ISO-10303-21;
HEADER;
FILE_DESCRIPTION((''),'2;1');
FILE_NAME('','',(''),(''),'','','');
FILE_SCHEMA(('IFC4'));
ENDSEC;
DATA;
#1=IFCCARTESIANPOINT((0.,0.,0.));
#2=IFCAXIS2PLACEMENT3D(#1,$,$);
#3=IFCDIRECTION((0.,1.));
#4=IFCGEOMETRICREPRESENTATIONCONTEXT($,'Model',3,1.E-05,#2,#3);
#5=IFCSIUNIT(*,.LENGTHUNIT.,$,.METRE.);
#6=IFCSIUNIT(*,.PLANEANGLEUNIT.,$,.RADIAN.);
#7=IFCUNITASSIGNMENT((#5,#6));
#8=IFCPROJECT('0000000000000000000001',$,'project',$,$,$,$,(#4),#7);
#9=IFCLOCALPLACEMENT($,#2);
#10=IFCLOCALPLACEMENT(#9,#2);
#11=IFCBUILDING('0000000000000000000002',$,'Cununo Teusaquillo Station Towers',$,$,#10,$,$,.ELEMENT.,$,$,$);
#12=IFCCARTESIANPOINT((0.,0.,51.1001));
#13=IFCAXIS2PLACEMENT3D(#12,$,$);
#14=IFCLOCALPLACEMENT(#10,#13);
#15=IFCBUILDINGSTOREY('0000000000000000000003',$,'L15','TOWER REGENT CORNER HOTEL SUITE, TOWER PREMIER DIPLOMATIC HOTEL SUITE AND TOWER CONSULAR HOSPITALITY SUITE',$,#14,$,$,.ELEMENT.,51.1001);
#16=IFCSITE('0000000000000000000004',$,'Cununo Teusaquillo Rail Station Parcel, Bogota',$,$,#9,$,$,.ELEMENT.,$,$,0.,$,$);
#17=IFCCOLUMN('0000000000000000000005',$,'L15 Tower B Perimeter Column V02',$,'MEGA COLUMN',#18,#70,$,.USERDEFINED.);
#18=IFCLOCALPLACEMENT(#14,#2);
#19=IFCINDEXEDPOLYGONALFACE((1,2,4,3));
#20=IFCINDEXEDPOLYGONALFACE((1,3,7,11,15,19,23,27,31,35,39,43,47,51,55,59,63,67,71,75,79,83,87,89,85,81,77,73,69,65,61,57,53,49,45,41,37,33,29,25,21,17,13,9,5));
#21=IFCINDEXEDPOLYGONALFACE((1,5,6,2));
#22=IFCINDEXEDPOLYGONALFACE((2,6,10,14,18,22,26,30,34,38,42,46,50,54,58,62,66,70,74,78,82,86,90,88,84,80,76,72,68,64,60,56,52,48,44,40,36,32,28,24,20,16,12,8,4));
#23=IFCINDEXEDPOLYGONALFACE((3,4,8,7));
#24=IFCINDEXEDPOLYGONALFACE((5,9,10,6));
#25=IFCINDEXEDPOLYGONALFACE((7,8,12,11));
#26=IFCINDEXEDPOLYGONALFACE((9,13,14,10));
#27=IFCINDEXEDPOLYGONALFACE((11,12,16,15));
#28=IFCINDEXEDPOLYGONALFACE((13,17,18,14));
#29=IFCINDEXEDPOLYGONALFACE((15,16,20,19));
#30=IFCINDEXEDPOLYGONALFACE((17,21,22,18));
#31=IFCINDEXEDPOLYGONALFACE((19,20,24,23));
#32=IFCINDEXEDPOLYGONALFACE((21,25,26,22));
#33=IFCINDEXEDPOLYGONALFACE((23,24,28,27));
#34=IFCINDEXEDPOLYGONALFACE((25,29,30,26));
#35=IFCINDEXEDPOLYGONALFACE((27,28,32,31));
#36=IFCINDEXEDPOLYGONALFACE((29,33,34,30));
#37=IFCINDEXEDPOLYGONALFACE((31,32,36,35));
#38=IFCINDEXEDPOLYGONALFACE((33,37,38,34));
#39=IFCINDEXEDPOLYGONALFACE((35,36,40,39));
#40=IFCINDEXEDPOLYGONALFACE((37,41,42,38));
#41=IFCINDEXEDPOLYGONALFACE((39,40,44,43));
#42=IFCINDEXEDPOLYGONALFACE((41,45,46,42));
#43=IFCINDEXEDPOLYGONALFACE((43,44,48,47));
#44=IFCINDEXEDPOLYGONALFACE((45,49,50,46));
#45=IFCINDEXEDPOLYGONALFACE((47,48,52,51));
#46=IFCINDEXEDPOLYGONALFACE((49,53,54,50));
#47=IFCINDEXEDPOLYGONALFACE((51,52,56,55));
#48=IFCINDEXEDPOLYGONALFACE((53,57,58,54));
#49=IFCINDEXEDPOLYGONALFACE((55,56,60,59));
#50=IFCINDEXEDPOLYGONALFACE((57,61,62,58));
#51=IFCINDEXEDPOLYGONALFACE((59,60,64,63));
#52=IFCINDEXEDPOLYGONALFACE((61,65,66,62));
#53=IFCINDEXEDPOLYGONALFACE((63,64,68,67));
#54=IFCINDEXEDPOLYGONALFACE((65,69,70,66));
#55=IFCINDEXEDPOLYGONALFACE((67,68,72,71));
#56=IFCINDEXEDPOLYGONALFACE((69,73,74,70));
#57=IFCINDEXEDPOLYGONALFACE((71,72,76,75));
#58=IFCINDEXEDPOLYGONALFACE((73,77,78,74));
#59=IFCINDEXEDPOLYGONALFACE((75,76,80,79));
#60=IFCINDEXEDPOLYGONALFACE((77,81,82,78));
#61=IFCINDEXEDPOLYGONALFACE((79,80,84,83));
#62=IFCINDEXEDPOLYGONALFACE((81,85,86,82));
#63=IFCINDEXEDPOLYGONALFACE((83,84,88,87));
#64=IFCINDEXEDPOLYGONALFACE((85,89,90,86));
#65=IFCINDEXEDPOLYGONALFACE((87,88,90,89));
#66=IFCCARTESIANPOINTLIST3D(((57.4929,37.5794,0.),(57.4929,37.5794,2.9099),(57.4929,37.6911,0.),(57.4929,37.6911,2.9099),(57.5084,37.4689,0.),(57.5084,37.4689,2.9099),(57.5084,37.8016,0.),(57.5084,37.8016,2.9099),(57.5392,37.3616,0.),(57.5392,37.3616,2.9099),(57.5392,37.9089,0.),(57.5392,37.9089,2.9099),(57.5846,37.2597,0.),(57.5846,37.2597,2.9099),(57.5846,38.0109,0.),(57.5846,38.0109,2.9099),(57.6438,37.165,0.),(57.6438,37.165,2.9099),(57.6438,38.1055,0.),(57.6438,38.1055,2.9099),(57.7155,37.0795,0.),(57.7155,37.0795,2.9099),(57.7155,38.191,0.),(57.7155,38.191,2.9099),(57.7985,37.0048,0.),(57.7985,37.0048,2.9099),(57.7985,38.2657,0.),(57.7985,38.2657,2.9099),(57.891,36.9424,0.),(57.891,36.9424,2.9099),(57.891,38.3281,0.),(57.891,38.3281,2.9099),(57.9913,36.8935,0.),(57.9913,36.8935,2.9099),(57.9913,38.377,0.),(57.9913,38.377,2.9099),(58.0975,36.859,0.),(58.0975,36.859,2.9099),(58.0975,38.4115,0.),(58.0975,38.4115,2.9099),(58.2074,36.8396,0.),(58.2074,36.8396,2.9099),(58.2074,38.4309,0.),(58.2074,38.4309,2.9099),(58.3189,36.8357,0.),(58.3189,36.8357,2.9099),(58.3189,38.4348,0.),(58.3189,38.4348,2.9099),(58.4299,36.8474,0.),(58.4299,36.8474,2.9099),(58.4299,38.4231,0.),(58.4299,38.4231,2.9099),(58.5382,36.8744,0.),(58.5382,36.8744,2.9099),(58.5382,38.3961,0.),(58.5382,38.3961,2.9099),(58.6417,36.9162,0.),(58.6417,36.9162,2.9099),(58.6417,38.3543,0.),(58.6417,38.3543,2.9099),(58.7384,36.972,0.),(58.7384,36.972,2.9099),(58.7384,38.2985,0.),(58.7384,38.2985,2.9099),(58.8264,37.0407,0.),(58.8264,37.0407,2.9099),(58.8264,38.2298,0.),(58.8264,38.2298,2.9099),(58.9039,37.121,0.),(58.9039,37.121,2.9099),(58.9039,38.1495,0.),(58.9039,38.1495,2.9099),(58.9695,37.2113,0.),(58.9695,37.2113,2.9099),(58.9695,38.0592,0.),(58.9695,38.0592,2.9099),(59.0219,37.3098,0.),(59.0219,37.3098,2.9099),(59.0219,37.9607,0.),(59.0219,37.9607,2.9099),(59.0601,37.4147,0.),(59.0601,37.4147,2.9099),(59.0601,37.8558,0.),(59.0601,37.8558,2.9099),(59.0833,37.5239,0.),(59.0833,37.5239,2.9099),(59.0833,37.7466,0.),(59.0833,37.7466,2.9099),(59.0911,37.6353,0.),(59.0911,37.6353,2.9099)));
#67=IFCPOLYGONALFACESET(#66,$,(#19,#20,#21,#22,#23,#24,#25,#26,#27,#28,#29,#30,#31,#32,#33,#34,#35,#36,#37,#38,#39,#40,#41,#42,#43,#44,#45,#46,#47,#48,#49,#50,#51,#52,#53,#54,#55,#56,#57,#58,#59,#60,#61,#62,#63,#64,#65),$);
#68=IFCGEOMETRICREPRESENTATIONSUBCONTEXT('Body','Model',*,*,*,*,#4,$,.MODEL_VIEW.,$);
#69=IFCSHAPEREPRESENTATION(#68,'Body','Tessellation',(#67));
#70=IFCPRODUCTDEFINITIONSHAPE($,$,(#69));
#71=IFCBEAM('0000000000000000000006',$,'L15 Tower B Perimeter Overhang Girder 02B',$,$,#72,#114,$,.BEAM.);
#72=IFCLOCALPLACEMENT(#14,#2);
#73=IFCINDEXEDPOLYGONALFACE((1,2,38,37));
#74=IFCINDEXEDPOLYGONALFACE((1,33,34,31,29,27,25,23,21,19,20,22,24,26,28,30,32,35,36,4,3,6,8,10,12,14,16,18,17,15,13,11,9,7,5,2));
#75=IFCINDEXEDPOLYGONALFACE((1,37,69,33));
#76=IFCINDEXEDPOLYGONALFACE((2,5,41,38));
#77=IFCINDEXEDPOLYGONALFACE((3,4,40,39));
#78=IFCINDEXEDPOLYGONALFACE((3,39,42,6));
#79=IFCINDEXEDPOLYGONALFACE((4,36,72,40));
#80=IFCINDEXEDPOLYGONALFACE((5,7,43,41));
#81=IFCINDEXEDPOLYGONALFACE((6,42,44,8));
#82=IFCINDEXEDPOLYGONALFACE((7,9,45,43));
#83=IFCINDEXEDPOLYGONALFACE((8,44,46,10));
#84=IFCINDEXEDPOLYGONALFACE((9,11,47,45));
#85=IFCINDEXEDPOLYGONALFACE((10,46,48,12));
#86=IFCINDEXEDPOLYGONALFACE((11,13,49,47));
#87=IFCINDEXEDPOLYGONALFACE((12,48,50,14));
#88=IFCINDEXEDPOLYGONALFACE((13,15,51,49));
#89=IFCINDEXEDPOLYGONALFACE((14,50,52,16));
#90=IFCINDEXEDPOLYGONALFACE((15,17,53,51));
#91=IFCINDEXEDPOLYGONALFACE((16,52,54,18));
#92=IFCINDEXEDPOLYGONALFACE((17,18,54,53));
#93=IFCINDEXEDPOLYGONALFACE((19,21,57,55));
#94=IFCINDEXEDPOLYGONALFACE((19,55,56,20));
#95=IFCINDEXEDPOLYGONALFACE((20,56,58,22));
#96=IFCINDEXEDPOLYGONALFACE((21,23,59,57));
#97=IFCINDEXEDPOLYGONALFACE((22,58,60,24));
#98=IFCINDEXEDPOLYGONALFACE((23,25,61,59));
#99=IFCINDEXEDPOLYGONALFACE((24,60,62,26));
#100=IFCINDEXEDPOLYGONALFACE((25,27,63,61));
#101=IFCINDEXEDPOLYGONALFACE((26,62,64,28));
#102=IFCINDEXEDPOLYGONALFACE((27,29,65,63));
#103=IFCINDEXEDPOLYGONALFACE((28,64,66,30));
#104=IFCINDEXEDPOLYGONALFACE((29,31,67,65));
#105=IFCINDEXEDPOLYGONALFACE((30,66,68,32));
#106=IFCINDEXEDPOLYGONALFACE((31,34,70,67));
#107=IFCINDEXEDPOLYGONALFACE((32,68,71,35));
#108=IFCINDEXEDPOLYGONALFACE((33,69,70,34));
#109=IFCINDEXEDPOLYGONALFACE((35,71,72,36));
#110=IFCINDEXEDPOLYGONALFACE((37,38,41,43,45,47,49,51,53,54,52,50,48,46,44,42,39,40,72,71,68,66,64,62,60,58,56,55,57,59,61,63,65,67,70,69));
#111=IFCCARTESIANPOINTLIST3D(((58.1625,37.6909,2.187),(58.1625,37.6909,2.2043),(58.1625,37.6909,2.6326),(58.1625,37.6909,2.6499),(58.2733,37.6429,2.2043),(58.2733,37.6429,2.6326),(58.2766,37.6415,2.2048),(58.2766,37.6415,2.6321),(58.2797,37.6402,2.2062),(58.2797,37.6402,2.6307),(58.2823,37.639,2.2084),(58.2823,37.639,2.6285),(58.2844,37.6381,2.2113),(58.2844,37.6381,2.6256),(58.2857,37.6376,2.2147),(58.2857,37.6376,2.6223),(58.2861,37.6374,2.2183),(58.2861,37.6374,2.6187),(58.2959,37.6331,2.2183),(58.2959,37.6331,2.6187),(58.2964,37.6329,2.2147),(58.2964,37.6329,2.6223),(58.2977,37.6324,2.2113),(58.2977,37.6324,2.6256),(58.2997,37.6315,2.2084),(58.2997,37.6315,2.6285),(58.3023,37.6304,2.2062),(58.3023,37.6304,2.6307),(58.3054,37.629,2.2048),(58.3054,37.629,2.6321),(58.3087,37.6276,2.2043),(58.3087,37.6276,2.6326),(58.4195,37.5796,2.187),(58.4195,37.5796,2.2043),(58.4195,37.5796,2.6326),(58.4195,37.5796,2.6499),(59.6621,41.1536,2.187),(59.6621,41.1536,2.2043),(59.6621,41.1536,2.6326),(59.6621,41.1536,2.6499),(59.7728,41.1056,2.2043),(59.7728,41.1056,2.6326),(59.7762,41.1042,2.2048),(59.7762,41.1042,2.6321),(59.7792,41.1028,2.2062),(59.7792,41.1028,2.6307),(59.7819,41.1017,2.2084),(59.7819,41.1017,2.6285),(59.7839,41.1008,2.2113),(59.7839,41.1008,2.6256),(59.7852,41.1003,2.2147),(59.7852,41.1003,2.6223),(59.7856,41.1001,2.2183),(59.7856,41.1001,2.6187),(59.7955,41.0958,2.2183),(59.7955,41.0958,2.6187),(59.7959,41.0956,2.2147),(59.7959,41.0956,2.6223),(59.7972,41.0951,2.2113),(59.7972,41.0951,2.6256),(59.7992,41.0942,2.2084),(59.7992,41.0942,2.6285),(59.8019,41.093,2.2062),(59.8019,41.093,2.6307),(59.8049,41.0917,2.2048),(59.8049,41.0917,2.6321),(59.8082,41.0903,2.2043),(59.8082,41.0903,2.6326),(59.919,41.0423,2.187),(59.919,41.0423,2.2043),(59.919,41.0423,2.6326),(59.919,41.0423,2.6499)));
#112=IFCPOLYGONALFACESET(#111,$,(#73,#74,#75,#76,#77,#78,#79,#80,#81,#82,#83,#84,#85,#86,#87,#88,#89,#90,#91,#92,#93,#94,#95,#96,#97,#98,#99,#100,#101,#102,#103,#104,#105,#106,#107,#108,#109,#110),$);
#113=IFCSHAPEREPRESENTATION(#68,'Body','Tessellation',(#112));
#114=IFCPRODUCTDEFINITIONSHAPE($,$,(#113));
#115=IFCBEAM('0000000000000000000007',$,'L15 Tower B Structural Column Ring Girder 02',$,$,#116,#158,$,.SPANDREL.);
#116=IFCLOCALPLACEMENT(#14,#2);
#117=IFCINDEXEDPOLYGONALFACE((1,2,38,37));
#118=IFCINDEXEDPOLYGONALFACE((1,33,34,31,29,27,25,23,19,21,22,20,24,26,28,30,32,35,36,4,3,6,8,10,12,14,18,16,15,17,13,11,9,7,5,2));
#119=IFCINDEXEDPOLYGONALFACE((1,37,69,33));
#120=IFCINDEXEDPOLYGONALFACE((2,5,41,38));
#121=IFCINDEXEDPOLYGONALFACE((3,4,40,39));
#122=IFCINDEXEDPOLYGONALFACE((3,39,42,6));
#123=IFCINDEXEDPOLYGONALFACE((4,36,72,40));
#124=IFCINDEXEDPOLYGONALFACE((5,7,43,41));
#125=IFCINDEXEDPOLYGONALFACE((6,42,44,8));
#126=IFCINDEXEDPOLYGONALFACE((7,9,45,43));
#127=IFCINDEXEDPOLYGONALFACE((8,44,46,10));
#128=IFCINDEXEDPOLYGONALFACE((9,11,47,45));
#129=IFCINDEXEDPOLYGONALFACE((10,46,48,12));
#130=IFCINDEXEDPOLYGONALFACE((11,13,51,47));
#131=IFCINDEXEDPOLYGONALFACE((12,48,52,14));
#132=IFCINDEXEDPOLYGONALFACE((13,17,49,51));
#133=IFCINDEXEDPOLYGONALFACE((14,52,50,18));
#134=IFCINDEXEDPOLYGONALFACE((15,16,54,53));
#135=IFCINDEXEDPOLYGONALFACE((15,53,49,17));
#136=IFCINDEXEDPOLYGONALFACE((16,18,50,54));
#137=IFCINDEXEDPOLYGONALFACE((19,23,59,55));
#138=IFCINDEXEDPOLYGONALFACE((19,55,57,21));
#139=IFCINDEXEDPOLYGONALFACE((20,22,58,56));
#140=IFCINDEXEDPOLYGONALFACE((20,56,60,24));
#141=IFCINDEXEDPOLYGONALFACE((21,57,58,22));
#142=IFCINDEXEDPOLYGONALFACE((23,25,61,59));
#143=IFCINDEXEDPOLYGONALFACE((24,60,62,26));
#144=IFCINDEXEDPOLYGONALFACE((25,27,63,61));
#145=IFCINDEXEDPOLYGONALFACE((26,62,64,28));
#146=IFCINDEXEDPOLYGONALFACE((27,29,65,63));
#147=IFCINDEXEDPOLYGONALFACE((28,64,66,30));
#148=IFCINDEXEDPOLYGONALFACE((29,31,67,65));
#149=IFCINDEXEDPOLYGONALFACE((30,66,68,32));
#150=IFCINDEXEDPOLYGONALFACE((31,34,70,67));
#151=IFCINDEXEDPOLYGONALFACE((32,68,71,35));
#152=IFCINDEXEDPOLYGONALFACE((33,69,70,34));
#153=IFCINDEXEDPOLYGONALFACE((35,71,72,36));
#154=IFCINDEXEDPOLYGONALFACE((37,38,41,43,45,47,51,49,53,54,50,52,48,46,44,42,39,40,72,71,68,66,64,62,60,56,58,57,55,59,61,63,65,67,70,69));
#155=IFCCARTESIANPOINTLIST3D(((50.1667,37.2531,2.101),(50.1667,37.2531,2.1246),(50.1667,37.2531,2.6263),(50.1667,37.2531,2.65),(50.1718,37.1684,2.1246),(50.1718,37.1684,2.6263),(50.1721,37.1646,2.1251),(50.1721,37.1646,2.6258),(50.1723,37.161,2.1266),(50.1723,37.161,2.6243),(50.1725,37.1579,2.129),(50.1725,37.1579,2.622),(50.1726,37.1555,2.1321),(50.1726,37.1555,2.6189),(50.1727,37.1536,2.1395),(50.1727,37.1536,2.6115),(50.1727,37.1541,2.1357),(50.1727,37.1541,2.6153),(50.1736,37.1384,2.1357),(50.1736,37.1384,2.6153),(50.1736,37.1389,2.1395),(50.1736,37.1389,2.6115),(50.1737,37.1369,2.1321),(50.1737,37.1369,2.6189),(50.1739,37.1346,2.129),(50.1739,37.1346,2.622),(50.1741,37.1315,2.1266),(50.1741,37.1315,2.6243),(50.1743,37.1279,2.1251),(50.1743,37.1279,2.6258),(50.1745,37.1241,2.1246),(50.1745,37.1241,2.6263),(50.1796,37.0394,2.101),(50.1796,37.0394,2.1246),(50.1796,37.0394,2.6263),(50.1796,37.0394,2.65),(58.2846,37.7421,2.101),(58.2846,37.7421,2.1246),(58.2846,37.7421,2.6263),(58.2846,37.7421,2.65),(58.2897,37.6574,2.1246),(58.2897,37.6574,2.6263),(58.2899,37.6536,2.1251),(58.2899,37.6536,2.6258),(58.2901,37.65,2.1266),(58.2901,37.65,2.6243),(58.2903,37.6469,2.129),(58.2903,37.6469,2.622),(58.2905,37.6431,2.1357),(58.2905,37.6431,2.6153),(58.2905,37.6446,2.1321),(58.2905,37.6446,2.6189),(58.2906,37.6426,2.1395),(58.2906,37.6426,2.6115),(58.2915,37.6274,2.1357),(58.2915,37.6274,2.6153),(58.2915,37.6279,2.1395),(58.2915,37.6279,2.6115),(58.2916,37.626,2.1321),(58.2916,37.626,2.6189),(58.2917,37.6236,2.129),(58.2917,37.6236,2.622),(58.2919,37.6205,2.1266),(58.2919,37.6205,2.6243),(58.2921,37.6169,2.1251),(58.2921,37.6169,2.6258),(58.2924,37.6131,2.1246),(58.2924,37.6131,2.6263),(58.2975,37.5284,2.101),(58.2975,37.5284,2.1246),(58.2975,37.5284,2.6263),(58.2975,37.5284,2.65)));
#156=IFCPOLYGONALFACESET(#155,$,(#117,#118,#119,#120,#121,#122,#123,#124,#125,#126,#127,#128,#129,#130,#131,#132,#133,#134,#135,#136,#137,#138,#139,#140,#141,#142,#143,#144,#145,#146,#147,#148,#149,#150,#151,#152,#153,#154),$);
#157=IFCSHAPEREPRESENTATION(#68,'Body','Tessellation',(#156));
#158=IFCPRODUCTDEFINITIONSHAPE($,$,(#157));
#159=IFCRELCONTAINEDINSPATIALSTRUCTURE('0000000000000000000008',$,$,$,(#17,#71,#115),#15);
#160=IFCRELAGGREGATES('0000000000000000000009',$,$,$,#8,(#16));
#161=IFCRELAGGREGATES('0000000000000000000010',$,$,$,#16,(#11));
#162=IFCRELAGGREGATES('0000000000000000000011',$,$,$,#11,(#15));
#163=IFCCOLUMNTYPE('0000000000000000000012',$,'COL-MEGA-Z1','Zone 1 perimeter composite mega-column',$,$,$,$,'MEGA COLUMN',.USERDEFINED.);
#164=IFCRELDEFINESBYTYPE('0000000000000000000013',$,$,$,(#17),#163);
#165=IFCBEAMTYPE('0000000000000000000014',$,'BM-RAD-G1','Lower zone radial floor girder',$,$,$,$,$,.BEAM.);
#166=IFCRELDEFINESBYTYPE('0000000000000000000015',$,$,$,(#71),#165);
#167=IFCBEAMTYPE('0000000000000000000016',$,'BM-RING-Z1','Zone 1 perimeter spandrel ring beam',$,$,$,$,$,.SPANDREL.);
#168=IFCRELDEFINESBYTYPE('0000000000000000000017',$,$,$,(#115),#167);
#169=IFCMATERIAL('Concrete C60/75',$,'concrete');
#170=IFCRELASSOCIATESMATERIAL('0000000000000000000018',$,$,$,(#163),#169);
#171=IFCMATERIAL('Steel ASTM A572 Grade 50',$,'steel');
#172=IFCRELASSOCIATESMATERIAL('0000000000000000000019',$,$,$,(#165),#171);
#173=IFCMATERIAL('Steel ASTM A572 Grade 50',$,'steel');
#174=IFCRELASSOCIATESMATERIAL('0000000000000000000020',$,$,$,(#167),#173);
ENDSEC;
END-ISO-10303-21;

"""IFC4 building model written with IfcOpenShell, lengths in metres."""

from ifc_helpers import new_model, si_unit, direction, frame, origin, origin_2d, place, context, subcontext, project, spatial, circle, i_section, extrude, material, material_profile, profile_set, type_object, element, save


model = new_model("IFC4")

# Units and contexts
model_context = context("Model", 3, precision=1e-05, world=origin(), true_north=direction((0.0, 1.0)))
body_context = subcontext(model_context, "Body", "Model", "MODEL_VIEW")
ifc_project = project(units=[si_unit("LENGTHUNIT", "METRE"), si_unit("PLANEANGLEUNIT", "RADIAN")], contexts=[model_context])

# Site, building, storey
site_placement = place(None, origin())
site = spatial("IfcSite", under=ifc_project, at=site_placement, Name="Cununo Teusaquillo Rail Station Parcel, Bogota", CompositionType="ELEMENT", RefElevation=0.0)
building_placement = place(site_placement, origin())
building = spatial("IfcBuilding", under=site, at=building_placement, Name="Cununo Teusaquillo Station Towers", CompositionType="ELEMENT")
storey_placement = place(building_placement, frame((0.0, 0.0, 51.1001)))
storey = spatial("IfcBuildingStorey", under=building, at=storey_placement, Name="L15", Description="TOWER REGENT CORNER HOTEL SUITE, TOWER PREMIER DIPLOMATIC HOTEL SUITE AND TOWER CONSULAR HOSPITALITY SUITE", CompositionType="ELEMENT", Elevation=51.1001)

# Column
ifc_material_1 = material(Name="Concrete C60/75", Category="concrete")
ifc_material_profile_1 = material_profile(ifc_material_1, circle(Radius=0.8, at=origin_2d()), Name="RC-CIRC-1600")
ifc_profile_set_1 = profile_set([ifc_material_profile_1], Name="Concrete C60/75")
column_type = type_object("IfcColumnType", Name="COL-MEGA-Z1", Description="Zone 1 perimeter composite mega-column", ElementType="MEGA COLUMN", PredefinedType="USERDEFINED", material=ifc_profile_set_1)
column_placement = place(storey_placement, frame((58.291, 37.6353, 0.0), z_axis=(0.0, 0.0, 1.0), x_axis=(1.0, 0.0, 0.0)))
element("IfcColumn", 1, at=column_placement, inside=storey, type_object=column_type, Name="L15 Tower B Perimeter Column V02", ObjectType="MEGA COLUMN", PredefinedType="USERDEFINED", context=body_context, shape_type="SweptSolid", body=[
    extrude(circle(Radius=0.8, at=origin_2d()), origin(), (0.0, 0.0, 1.0), 2.9099),
])

# Beams
ifc_material_2 = material(Name="Steel ASTM A572 Grade 50", Category="steel")
ifc_material_profile_2 = material_profile(ifc_material_2, i_section(OverallWidth=0.28, OverallDepth=0.4629, WebThickness=0.0107, FlangeThickness=0.0173, FilletRadius=0.0139, at=origin_2d()), Name="W18X76")
ifc_profile_set_2 = profile_set([ifc_material_profile_2], Name="Steel ASTM A572 Grade 50")
beam_type_1 = type_object("IfcBeamType", Name="BM-RAD-G1", Description="Lower zone radial floor girder", PredefinedType="BEAM", material=ifc_profile_set_2)
beam_1_placement = place(storey_placement, frame((58.291, 37.6353, 2.4185), z_axis=(0.397391, 0.917649, 0.0), x_axis=(-0.917649, 0.397391, 0.0)))
element("IfcBeam", 2, at=beam_1_placement, inside=storey, type_object=beam_type_1, Name="L15 Tower B Perimeter Overhang Girder 02B", PredefinedType="BEAM", context=body_context, shape_type="SweptSolid", body=[
    extrude(i_section(OverallWidth=0.28, OverallDepth=0.4629, WebThickness=0.0107, FlangeThickness=0.0173, FilletRadius=0.0139, at=origin_2d()), origin(), (0.0, 0.0, 1.0), 3.7734),
])
ifc_material_3 = material(Name="Steel ASTM A572 Grade 50", Category="steel")
ifc_material_profile_3 = material_profile(ifc_material_3, i_section(OverallWidth=0.2141, OverallDepth=0.5491, WebThickness=0.0146, FlangeThickness=0.0237, FilletRadius=0.0149, at=origin_2d()), Name="W21X93")
ifc_profile_set_3 = profile_set([ifc_material_profile_3], Name="Steel ASTM A572 Grade 50")
beam_type_2 = type_object("IfcBeamType", Name="BM-RING-Z1", Description="Zone 1 perimeter spandrel ring beam", PredefinedType="SPANDREL", material=ifc_profile_set_3)
beam_2_placement = place(storey_placement, frame((58.291, 37.6353, 2.3755), z_axis=(-0.998191, -0.06013, 0.0), x_axis=(0.06013, -0.998191, 0.0)))
element("IfcBeam", 3, at=beam_2_placement, inside=storey, type_object=beam_type_2, Name="L15 Tower B Structural Column Ring Girder 02", PredefinedType="SPANDREL", context=body_context, shape_type="SweptSolid", body=[
    extrude(i_section(OverallWidth=0.2141, OverallDepth=0.5491, WebThickness=0.0146, FlangeThickness=0.0237, FilletRadius=0.0149, at=origin_2d()), origin(), (0.0, 0.0, 1.0), 8.1326),
])

save(model, "model.ifc")
